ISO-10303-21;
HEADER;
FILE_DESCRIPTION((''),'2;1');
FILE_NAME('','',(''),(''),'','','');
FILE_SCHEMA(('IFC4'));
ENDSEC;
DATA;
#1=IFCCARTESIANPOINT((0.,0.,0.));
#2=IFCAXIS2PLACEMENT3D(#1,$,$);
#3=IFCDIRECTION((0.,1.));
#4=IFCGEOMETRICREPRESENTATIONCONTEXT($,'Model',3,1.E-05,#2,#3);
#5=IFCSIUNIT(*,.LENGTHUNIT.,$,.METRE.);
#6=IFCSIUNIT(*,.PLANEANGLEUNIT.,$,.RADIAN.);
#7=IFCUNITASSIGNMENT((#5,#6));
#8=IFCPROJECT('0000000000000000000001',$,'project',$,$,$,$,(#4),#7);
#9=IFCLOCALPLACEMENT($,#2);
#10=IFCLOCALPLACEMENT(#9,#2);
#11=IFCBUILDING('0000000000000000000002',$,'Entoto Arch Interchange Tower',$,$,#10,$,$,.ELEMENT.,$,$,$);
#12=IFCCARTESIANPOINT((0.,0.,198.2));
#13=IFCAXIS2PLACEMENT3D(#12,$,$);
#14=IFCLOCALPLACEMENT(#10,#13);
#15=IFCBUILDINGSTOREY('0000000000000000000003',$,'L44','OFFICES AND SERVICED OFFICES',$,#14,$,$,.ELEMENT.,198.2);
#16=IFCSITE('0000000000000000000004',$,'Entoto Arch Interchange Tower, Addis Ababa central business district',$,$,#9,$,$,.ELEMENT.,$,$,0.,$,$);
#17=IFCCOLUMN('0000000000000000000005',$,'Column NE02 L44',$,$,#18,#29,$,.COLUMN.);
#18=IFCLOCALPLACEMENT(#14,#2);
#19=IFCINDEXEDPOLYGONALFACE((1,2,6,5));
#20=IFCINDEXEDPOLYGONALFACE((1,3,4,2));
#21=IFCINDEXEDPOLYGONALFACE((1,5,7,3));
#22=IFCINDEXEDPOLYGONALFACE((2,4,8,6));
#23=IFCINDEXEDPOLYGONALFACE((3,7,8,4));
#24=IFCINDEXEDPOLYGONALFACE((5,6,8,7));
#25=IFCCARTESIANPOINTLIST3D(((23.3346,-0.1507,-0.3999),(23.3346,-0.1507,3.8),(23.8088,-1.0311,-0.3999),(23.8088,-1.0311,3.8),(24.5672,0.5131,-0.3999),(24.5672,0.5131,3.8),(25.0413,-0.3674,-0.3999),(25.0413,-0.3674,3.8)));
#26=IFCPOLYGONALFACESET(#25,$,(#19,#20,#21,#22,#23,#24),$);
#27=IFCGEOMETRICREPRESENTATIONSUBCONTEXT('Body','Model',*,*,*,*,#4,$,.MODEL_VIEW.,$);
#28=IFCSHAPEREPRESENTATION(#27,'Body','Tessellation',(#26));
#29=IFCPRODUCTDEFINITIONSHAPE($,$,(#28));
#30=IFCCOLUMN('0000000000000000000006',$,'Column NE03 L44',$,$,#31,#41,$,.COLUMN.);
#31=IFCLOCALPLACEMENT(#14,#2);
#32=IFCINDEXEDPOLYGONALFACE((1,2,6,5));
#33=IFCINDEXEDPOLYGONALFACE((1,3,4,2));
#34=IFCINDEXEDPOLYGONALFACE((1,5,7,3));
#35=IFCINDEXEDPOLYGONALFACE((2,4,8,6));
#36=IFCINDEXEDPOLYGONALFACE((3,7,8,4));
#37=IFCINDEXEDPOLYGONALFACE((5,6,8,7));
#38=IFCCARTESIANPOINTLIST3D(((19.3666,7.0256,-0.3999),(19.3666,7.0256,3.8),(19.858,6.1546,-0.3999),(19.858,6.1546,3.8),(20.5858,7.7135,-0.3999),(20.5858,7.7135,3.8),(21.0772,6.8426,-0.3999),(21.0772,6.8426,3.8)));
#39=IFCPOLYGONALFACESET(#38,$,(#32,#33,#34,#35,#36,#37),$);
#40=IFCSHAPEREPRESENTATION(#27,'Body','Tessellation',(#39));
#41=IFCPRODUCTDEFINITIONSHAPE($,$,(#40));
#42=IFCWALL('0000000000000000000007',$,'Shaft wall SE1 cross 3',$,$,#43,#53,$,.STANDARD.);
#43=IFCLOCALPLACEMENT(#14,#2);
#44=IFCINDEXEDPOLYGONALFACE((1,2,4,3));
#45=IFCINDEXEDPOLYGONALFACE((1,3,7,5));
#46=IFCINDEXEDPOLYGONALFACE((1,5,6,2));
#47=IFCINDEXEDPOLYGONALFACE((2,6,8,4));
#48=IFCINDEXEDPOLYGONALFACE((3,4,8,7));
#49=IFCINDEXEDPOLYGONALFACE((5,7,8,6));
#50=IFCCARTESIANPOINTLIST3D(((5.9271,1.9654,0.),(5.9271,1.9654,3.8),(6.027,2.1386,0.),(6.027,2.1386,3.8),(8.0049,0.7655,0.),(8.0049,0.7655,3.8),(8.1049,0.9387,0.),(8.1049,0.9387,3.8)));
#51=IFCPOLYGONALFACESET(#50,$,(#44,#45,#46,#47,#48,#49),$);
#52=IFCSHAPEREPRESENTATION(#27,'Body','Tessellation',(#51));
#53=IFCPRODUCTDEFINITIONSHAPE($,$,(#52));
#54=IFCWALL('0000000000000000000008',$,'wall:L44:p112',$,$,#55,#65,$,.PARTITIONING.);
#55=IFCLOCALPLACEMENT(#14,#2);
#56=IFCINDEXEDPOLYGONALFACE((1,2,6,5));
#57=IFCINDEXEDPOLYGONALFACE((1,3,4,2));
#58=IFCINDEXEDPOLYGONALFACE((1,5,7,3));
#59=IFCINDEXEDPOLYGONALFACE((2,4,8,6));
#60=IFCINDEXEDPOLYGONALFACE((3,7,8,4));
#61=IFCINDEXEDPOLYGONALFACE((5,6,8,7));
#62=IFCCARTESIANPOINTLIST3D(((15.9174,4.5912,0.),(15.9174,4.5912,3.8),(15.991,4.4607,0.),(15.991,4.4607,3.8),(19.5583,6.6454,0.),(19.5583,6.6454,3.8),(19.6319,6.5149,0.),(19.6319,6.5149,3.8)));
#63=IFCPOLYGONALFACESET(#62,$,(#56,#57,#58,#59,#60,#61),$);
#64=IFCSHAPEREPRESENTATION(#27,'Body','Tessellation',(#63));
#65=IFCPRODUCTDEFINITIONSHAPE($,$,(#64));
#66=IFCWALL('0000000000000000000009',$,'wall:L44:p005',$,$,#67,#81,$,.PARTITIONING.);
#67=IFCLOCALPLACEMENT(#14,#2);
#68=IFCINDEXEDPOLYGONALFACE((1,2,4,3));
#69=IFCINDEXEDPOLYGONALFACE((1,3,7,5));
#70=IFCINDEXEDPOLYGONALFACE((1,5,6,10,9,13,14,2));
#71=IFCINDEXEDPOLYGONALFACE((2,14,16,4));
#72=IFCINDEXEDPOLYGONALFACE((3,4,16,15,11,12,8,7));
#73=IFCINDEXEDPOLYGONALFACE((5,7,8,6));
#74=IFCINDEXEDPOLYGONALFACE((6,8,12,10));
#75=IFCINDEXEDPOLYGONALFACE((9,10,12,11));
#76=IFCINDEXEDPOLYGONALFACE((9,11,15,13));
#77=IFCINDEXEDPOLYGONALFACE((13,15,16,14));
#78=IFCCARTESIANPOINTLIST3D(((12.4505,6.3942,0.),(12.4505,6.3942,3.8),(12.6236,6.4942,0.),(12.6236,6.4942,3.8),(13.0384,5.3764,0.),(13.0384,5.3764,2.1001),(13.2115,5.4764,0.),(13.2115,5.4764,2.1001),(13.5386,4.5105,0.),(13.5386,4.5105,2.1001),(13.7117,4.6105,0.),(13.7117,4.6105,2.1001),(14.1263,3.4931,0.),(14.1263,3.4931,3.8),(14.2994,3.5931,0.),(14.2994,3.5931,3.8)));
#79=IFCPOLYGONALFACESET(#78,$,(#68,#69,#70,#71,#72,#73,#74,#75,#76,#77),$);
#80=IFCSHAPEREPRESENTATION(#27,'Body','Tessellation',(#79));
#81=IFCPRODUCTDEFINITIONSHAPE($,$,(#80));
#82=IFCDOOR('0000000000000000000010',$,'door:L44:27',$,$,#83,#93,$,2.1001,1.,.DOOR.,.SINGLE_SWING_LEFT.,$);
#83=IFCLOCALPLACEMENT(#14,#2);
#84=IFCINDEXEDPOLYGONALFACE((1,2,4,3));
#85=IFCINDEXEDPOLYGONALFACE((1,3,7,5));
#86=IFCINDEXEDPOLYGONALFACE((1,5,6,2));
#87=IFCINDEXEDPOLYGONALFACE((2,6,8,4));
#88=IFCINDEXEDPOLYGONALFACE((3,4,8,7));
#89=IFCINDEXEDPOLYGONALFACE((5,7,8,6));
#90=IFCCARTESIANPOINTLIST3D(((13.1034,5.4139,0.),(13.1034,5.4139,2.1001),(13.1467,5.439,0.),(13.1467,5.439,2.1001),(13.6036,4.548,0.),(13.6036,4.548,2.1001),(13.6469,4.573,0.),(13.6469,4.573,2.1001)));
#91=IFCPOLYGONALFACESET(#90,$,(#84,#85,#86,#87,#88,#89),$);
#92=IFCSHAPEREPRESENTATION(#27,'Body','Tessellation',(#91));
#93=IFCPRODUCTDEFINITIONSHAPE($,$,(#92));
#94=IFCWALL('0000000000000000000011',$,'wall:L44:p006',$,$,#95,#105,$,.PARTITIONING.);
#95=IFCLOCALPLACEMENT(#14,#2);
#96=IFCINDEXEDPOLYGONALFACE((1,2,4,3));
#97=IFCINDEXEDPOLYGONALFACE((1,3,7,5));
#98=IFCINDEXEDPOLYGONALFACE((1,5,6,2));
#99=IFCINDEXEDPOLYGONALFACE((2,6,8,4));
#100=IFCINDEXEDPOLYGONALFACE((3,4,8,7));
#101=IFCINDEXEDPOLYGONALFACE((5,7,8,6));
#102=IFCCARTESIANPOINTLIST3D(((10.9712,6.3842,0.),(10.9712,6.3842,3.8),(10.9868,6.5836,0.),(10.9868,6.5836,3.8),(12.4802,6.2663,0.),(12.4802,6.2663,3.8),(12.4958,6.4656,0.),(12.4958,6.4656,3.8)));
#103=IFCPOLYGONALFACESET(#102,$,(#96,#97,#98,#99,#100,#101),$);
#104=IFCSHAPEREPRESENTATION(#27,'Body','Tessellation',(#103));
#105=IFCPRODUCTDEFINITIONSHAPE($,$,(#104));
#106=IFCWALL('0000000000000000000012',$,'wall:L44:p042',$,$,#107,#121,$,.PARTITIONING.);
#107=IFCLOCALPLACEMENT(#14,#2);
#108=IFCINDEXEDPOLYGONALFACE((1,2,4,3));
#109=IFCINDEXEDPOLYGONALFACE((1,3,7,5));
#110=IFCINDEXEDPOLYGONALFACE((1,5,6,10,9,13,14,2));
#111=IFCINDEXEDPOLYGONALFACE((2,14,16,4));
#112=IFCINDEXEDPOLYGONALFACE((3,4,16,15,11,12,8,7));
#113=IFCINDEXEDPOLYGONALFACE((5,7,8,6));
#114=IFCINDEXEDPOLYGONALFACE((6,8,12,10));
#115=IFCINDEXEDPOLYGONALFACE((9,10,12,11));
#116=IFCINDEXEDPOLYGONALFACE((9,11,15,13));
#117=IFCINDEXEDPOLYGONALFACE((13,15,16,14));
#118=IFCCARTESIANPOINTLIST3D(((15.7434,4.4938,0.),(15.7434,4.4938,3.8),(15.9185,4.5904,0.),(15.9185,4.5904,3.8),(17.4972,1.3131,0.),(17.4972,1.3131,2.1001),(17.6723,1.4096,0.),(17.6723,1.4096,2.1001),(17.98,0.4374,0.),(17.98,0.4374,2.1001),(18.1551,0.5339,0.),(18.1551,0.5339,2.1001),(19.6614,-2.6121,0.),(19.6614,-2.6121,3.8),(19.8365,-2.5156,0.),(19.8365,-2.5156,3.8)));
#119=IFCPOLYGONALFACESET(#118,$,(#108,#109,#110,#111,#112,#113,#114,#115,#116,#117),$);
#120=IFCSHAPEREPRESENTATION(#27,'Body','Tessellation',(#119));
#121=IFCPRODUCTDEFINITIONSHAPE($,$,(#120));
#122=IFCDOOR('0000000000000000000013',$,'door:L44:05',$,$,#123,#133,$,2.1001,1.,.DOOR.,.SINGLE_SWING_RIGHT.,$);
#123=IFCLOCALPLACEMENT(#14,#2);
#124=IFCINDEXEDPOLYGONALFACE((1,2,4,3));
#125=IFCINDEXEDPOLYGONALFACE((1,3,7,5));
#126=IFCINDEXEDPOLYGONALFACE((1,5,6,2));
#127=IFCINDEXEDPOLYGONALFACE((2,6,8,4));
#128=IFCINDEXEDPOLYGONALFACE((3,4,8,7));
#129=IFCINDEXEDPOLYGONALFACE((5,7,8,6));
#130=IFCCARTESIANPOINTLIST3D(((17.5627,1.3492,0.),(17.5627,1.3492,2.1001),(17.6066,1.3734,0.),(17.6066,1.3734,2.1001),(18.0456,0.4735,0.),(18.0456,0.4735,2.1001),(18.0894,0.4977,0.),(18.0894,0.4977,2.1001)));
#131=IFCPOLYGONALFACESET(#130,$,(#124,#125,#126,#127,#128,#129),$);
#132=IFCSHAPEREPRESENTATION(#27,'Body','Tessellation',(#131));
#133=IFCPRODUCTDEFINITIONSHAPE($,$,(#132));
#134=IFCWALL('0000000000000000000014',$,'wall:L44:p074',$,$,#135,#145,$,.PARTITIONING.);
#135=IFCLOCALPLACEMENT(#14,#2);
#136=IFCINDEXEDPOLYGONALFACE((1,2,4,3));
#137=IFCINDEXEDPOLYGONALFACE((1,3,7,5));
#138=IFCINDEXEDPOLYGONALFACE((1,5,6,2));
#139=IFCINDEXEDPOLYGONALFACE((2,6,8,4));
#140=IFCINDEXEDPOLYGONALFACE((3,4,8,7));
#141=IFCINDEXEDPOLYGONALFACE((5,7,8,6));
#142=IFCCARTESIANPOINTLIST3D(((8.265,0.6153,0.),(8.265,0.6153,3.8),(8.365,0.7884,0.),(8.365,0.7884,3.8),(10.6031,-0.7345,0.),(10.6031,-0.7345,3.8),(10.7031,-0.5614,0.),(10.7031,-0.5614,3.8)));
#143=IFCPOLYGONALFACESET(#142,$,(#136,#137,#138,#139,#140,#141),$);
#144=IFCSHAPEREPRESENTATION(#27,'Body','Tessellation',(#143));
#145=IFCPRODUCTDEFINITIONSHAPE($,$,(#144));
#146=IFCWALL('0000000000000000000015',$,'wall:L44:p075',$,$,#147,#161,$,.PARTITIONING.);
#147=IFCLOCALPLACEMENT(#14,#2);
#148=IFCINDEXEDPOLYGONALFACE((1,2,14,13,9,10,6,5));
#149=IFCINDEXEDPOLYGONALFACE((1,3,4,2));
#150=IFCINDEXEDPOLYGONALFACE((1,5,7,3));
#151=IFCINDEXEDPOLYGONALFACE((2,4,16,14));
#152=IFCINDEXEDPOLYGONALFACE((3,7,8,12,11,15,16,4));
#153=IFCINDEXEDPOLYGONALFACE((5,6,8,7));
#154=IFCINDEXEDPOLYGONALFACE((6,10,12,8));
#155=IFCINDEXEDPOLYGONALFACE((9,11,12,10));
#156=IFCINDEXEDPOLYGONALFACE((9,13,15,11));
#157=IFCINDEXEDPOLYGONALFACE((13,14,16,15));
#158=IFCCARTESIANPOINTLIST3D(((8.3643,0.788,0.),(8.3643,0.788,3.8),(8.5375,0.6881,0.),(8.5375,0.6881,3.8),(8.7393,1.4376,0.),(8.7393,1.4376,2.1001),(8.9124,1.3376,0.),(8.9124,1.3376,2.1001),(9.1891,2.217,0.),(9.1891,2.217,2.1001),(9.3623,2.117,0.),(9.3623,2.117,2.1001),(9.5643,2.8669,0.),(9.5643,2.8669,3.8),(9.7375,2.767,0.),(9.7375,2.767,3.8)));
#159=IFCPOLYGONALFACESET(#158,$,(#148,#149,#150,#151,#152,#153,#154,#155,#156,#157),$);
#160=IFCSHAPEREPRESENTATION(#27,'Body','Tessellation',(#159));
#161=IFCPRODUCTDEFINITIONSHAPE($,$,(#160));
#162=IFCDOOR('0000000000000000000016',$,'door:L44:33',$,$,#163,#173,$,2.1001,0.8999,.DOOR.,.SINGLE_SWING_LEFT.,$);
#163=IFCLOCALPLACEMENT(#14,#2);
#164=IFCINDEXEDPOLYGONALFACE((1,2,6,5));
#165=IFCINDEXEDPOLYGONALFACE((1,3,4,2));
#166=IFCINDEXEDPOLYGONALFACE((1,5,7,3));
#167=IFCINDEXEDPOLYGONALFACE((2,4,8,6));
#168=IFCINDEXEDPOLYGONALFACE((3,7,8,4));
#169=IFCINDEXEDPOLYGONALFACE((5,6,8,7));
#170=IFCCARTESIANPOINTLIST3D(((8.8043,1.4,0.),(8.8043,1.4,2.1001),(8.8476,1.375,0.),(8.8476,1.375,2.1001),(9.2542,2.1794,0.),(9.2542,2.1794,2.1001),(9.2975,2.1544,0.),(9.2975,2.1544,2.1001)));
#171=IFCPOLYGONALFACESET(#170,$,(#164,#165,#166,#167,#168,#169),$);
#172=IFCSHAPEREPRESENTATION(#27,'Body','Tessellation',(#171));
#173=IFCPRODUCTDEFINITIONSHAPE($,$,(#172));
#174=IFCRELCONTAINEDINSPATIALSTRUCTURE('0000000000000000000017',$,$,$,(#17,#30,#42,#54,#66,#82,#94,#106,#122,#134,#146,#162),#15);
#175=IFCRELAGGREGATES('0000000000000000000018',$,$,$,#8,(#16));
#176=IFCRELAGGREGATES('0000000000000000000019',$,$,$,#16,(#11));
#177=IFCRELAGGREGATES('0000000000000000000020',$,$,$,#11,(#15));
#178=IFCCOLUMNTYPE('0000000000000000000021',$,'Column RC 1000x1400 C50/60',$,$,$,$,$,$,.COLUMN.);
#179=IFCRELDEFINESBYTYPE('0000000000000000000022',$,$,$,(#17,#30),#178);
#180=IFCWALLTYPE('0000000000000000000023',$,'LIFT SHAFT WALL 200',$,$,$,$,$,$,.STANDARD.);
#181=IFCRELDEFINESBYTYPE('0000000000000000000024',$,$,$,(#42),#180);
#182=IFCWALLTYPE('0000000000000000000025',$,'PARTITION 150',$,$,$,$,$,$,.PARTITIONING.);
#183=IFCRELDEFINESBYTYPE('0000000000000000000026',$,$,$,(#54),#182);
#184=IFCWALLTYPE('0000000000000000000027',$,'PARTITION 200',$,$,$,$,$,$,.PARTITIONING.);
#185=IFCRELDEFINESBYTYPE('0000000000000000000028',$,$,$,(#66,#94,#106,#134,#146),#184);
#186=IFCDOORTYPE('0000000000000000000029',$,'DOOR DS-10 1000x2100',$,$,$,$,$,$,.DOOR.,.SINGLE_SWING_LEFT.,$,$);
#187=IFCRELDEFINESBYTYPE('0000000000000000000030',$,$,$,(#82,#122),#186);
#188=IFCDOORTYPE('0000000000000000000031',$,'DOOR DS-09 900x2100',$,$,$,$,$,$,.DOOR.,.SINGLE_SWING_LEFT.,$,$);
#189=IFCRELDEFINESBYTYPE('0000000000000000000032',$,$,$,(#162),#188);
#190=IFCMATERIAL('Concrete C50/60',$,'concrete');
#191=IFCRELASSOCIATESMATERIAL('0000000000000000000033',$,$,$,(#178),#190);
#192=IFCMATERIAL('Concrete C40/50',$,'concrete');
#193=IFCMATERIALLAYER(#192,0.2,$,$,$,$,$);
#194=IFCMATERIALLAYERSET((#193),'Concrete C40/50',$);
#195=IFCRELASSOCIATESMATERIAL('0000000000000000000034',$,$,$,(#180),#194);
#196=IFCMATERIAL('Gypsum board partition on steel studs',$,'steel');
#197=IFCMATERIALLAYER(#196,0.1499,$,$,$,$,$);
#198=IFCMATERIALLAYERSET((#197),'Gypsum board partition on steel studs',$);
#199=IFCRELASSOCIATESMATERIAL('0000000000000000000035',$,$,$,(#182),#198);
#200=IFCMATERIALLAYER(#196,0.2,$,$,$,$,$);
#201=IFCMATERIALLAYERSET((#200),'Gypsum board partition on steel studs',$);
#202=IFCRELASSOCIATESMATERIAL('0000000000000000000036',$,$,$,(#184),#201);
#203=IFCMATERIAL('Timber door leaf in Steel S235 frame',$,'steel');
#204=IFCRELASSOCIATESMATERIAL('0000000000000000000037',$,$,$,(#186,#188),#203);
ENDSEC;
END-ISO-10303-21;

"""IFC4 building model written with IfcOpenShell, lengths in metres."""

from ifc_helpers import new_model, si_unit, direction, frame, frame_2d, origin, origin_2d, place, context, subcontext, project, spatial, rectangle, extrude, material, layer, layer_set, material_profile, profile_set, type_object, element, fill, save


model = new_model("IFC4")

# Units and contexts
model_context = context("Model", 3, precision=1e-05, world=origin(), true_north=direction((0.0, 1.0)))
body_context = subcontext(model_context, "Body", "Model", "MODEL_VIEW")
ifc_project = project(units=[si_unit("LENGTHUNIT", "METRE"), si_unit("PLANEANGLEUNIT", "RADIAN")], contexts=[model_context])

# Site, building, storey
site_placement = place(None, origin())
site = spatial("IfcSite", under=ifc_project, at=site_placement, Name="Entoto Arch Interchange Tower, Addis Ababa central business district", CompositionType="ELEMENT", RefElevation=0.0)
building_placement = place(site_placement, origin())
building = spatial("IfcBuilding", under=site, at=building_placement, Name="Entoto Arch Interchange Tower", CompositionType="ELEMENT")
storey_placement = place(building_placement, frame((0.0, 0.0, 198.2)))
storey = spatial("IfcBuildingStorey", under=building, at=storey_placement, Name="L44", Description="OFFICES AND SERVICED OFFICES", CompositionType="ELEMENT", Elevation=198.2)

# Columns
ifc_material_1 = material(Name="Concrete C50/60", Category="concrete")
ifc_material_profile = material_profile(ifc_material_1, rectangle(XDim=1.0, YDim=1.3999, at=origin_2d()))
ifc_profile_set = profile_set([ifc_material_profile], Name="Concrete C50/60")
column_type = type_object("IfcColumnType", Name="Column RC 1000x1400 C50/60", PredefinedType="COLUMN", material=ifc_profile_set)
for number, where, z_axis, x_axis, name in (
    (1, (24.188, -0.259, -0.3999), (0.0, 0.0, 1.0), (-0.474134, 0.880453, 0.0), "Column NE02 L44"),
    (2, (20.2219, 6.9341, -0.3999), (0.0, 0.0, 1.0), (-0.491436, 0.870914, 0.0), "Column NE03 L44"),
):
    element("IfcColumn", number, at=place(storey_placement, frame(where, z_axis=z_axis, x_axis=x_axis)), inside=storey, type_object=column_type, Name=name, PredefinedType="COLUMN", context=body_context, shape_type="SweptSolid", body=[
        extrude(rectangle(XDim=1.0, YDim=1.3999, at=origin_2d()), origin(), (0.0, 0.0, 1.0), 4.2),
    ])

# Walls
ifc_material_2 = material(Name="Concrete C40/50", Category="concrete")
ifc_layer_1 = layer(ifc_material_2, 0.2)
ifc_layer_set_1 = layer_set([ifc_layer_1], Name="Concrete C40/50")
wall_type_1 = type_object("IfcWallType", Name="LIFT SHAFT WALL 200", PredefinedType="STANDARD", material=ifc_layer_set_1)
wall_1_placement = place(storey_placement, frame((5.9771, 2.052, 0.0), z_axis=(0.0, 0.0, 1.0), x_axis=(0.865974, -0.500089, 0.0)))
element("IfcWall", 3, at=wall_1_placement, inside=storey, type_object=wall_type_1, Name="Shaft wall SE1 cross 3", PredefinedType="STANDARD", context=body_context, shape_type="SweptSolid", body=[
    extrude(rectangle(XDim=2.3994, YDim=0.2, at=frame_2d((1.1997, 0.0))), origin(), (0.0, 0.0, 1.0), 3.8),
])
ifc_material_3 = material(Name="Gypsum board partition on steel studs", Category="steel")
ifc_layer_2 = layer(ifc_material_3, 0.1499)
ifc_layer_set_2 = layer_set([ifc_layer_2], Name="Gypsum board partition on steel studs")
wall_type_2 = type_object("IfcWallType", Name="PARTITION 150", PredefinedType="PARTITIONING", material=ifc_layer_set_2)
wall_2_placement = place(storey_placement, frame((15.9541, 4.5259, 0.0), z_axis=(0.0, 0.0, 1.0), x_axis=(0.87094, 0.491389, 0.0)))
element("IfcWall", 4, at=wall_2_placement, inside=storey, type_object=wall_type_2, Name="wall:L44:p112", PredefinedType="PARTITIONING", context=body_context, shape_type="SweptSolid", body=[
    extrude(rectangle(XDim=4.1804, YDim=0.1499, at=frame_2d((2.0903, 0.0))), origin(), (0.0, 0.0, 1.0), 3.8),
])

# Wall, opening, door
ifc_layer_3 = layer(ifc_material_3, 0.2)
ifc_layer_set_3 = layer_set([ifc_layer_3], Name="Gypsum board partition on steel studs")
wall_type_3 = type_object("IfcWallType", Name="PARTITION 200", PredefinedType="PARTITIONING", material=ifc_layer_set_3)
wall_3_placement = place(storey_placement, frame((14.2129, 3.543, 0.0), z_axis=(0.0, 0.0, 1.0), x_axis=(-0.500183, 0.86592, 0.0)))
wall_3 = element("IfcWall", 5, at=wall_3_placement, inside=storey, type_object=wall_type_3, Name="wall:L44:p005", PredefinedType="PARTITIONING", context=body_context, shape_type="SweptSolid", body=[
    extrude(rectangle(XDim=3.3503, YDim=0.2, at=frame_2d((1.6753, 0.0))), origin(), (0.0, 0.0, 1.0), 3.8),
])
opening_1_placement = place(wall_3_placement, frame((1.175, 0.0, 0.0)))
opening_1 = element("IfcOpeningElement", 6, at=opening_1_placement, cuts=wall_3, PredefinedType="OPENING", context=body_context, shape_type="SweptSolid", body=[
    extrude(rectangle(XDim=1.0, YDim=2.1001, at=frame_2d((0.5, 1.05))), frame((0.0, 0.1099, 0.0), z_axis=(0.0, -1.0, 0.0), x_axis=(1.0, 0.0, 0.0)), (0.0, 0.0, 1.0), 0.22),
])
ifc_material_4 = material(Name="Timber door leaf in Steel S235 frame", Category="steel")
door_type_1 = type_object("IfcDoorType", Name="DOOR DS-10 1000x2100", OperationType="SINGLE_SWING_LEFT", PredefinedType="DOOR", material=ifc_material_4)
door_1_placement = place(opening_1_placement, origin())
door_1 = element("IfcDoor", 7, at=door_1_placement, inside=storey, type_object=door_type_1, Name="door:L44:27", OperationType="SINGLE_SWING_LEFT", OverallHeight=2.1001, OverallWidth=1.0, PredefinedType="DOOR", context=body_context, shape_type="SweptSolid", body=[
    extrude(rectangle(XDim=1.0, YDim=2.1001, at=frame_2d((0.5, 1.05))), frame((0.0, 0.0249, 0.0), z_axis=(0.0, -1.0, 0.0), x_axis=(1.0, 0.0, 0.0)), (0.0, 0.0, 1.0), 0.05),
])
fill(opening_1, door_1)

# Wall
wall_4_placement = place(storey_placement, frame((12.488, 6.366, 0.0), z_axis=(0.0, 0.0, 1.0), x_axis=(-0.996961, 0.077905, 0.0)))
element("IfcWall", 8, at=wall_4_placement, inside=storey, type_object=wall_type_3, Name="wall:L44:p006", PredefinedType="PARTITIONING", context=body_context, shape_type="SweptSolid", body=[
    extrude(rectangle(XDim=1.5137, YDim=0.2, at=frame_2d((0.7568, 0.0))), origin(), (0.0, 0.0, 1.0), 3.8),
])

# Wall, opening, door
wall_5_placement = place(storey_placement, frame((15.8311, 4.542, 0.0), z_axis=(0.0, 0.0, 1.0), x_axis=(0.482836, -0.875711, 0.0)))
wall_5 = element("IfcWall", 9, at=wall_5_placement, inside=storey, type_object=wall_type_3, Name="wall:L44:p042", PredefinedType="PARTITIONING", context=body_context, shape_type="SweptSolid", body=[
    extrude(rectangle(XDim=8.1145, YDim=0.2, at=frame_2d((4.0571, 0.0))), origin(), (0.0, 0.0, 1.0), 3.8),
])
opening_2_placement = place(wall_5_placement, frame((3.6321, 0.0, 0.0)))
opening_2 = element("IfcOpeningElement", 10, at=opening_2_placement, cuts=wall_5, PredefinedType="OPENING", context=body_context, shape_type="SweptSolid", body=[
    extrude(rectangle(XDim=1.0, YDim=2.1001, at=frame_2d((0.5, 1.05))), frame((0.0, 0.1099, 0.0), z_axis=(0.0, -1.0, 0.0), x_axis=(1.0, 0.0, 0.0)), (0.0, 0.0, 1.0), 0.22),
])
door_2_placement = place(opening_2_placement, origin())
door_2 = element("IfcDoor", 11, at=door_2_placement, inside=storey, type_object=door_type_1, Name="door:L44:05", OperationType="SINGLE_SWING_RIGHT", OverallHeight=2.1001, OverallWidth=1.0, PredefinedType="DOOR", context=body_context, shape_type="SweptSolid", body=[
    extrude(rectangle(XDim=1.0, YDim=2.1001, at=frame_2d((0.5, 1.05))), frame((0.0, 0.0249, 0.0), z_axis=(0.0, -1.0, 0.0), x_axis=(1.0, 0.0, 0.0)), (0.0, 0.0, 1.0), 0.05),
])
fill(opening_2, door_2)

# Wall
wall_6_placement = place(storey_placement, frame((10.6531, -0.6479, 0.0), z_axis=(0.0, 0.0, 1.0), x_axis=(-0.866037, 0.499981, 0.0)))
element("IfcWall", 12, at=wall_6_placement, inside=storey, type_object=wall_type_3, Name="wall:L44:p074", PredefinedType="PARTITIONING", context=body_context, shape_type="SweptSolid", body=[
    extrude(rectangle(XDim=2.6997, YDim=0.2, at=frame_2d((1.3499, 0.0))), origin(), (0.0, 0.0, 1.0), 3.8),
])

# Wall, opening, door
wall_7_placement = place(storey_placement, frame((8.4509, 0.738, 0.0), z_axis=(0.0, 0.0, 1.0), x_axis=(0.499913, 0.866075, 0.0)))
wall_7 = element("IfcWall", 13, at=wall_7_placement, inside=storey, type_object=wall_type_3, Name="wall:L44:p075", PredefinedType="PARTITIONING", context=body_context, shape_type="SweptSolid", body=[
    extrude(rectangle(XDim=2.4004, YDim=0.2, at=frame_2d((1.2002, 0.0))), origin(), (0.0, 0.0, 1.0), 3.8),
])
opening_3_placement = place(wall_7_placement, frame((0.75, 0.0, 0.0)))
opening_3 = element("IfcOpeningElement", 14, at=opening_3_placement, cuts=wall_7, PredefinedType="OPENING", context=body_context, shape_type="SweptSolid", body=[
    extrude(rectangle(XDim=0.8999, YDim=2.1001, at=frame_2d((0.45, 1.05))), frame((0.0, 0.1099, 0.0), z_axis=(0.0, -1.0, 0.0), x_axis=(1.0, 0.0, 0.0)), (0.0, 0.0, 1.0), 0.22),
])
door_type_2 = type_object("IfcDoorType", Name="DOOR DS-09 900x2100", OperationType="SINGLE_SWING_LEFT", PredefinedType="DOOR", material=ifc_material_4)
door_3_placement = place(opening_3_placement, origin())
door_3 = element("IfcDoor", 15, at=door_3_placement, inside=storey, type_object=door_type_2, Name="door:L44:33", OperationType="SINGLE_SWING_LEFT", OverallHeight=2.1001, OverallWidth=0.8999, PredefinedType="DOOR", context=body_context, shape_type="SweptSolid", body=[
    extrude(rectangle(XDim=0.8999, YDim=2.1001, at=frame_2d((0.45, 1.05))), frame((0.0, 0.0249, 0.0), z_axis=(0.0, -1.0, 0.0), x_axis=(1.0, 0.0, 0.0)), (0.0, 0.0, 1.0), 0.05),
])
fill(opening_3, door_3)

save(model, "model.ifc")
